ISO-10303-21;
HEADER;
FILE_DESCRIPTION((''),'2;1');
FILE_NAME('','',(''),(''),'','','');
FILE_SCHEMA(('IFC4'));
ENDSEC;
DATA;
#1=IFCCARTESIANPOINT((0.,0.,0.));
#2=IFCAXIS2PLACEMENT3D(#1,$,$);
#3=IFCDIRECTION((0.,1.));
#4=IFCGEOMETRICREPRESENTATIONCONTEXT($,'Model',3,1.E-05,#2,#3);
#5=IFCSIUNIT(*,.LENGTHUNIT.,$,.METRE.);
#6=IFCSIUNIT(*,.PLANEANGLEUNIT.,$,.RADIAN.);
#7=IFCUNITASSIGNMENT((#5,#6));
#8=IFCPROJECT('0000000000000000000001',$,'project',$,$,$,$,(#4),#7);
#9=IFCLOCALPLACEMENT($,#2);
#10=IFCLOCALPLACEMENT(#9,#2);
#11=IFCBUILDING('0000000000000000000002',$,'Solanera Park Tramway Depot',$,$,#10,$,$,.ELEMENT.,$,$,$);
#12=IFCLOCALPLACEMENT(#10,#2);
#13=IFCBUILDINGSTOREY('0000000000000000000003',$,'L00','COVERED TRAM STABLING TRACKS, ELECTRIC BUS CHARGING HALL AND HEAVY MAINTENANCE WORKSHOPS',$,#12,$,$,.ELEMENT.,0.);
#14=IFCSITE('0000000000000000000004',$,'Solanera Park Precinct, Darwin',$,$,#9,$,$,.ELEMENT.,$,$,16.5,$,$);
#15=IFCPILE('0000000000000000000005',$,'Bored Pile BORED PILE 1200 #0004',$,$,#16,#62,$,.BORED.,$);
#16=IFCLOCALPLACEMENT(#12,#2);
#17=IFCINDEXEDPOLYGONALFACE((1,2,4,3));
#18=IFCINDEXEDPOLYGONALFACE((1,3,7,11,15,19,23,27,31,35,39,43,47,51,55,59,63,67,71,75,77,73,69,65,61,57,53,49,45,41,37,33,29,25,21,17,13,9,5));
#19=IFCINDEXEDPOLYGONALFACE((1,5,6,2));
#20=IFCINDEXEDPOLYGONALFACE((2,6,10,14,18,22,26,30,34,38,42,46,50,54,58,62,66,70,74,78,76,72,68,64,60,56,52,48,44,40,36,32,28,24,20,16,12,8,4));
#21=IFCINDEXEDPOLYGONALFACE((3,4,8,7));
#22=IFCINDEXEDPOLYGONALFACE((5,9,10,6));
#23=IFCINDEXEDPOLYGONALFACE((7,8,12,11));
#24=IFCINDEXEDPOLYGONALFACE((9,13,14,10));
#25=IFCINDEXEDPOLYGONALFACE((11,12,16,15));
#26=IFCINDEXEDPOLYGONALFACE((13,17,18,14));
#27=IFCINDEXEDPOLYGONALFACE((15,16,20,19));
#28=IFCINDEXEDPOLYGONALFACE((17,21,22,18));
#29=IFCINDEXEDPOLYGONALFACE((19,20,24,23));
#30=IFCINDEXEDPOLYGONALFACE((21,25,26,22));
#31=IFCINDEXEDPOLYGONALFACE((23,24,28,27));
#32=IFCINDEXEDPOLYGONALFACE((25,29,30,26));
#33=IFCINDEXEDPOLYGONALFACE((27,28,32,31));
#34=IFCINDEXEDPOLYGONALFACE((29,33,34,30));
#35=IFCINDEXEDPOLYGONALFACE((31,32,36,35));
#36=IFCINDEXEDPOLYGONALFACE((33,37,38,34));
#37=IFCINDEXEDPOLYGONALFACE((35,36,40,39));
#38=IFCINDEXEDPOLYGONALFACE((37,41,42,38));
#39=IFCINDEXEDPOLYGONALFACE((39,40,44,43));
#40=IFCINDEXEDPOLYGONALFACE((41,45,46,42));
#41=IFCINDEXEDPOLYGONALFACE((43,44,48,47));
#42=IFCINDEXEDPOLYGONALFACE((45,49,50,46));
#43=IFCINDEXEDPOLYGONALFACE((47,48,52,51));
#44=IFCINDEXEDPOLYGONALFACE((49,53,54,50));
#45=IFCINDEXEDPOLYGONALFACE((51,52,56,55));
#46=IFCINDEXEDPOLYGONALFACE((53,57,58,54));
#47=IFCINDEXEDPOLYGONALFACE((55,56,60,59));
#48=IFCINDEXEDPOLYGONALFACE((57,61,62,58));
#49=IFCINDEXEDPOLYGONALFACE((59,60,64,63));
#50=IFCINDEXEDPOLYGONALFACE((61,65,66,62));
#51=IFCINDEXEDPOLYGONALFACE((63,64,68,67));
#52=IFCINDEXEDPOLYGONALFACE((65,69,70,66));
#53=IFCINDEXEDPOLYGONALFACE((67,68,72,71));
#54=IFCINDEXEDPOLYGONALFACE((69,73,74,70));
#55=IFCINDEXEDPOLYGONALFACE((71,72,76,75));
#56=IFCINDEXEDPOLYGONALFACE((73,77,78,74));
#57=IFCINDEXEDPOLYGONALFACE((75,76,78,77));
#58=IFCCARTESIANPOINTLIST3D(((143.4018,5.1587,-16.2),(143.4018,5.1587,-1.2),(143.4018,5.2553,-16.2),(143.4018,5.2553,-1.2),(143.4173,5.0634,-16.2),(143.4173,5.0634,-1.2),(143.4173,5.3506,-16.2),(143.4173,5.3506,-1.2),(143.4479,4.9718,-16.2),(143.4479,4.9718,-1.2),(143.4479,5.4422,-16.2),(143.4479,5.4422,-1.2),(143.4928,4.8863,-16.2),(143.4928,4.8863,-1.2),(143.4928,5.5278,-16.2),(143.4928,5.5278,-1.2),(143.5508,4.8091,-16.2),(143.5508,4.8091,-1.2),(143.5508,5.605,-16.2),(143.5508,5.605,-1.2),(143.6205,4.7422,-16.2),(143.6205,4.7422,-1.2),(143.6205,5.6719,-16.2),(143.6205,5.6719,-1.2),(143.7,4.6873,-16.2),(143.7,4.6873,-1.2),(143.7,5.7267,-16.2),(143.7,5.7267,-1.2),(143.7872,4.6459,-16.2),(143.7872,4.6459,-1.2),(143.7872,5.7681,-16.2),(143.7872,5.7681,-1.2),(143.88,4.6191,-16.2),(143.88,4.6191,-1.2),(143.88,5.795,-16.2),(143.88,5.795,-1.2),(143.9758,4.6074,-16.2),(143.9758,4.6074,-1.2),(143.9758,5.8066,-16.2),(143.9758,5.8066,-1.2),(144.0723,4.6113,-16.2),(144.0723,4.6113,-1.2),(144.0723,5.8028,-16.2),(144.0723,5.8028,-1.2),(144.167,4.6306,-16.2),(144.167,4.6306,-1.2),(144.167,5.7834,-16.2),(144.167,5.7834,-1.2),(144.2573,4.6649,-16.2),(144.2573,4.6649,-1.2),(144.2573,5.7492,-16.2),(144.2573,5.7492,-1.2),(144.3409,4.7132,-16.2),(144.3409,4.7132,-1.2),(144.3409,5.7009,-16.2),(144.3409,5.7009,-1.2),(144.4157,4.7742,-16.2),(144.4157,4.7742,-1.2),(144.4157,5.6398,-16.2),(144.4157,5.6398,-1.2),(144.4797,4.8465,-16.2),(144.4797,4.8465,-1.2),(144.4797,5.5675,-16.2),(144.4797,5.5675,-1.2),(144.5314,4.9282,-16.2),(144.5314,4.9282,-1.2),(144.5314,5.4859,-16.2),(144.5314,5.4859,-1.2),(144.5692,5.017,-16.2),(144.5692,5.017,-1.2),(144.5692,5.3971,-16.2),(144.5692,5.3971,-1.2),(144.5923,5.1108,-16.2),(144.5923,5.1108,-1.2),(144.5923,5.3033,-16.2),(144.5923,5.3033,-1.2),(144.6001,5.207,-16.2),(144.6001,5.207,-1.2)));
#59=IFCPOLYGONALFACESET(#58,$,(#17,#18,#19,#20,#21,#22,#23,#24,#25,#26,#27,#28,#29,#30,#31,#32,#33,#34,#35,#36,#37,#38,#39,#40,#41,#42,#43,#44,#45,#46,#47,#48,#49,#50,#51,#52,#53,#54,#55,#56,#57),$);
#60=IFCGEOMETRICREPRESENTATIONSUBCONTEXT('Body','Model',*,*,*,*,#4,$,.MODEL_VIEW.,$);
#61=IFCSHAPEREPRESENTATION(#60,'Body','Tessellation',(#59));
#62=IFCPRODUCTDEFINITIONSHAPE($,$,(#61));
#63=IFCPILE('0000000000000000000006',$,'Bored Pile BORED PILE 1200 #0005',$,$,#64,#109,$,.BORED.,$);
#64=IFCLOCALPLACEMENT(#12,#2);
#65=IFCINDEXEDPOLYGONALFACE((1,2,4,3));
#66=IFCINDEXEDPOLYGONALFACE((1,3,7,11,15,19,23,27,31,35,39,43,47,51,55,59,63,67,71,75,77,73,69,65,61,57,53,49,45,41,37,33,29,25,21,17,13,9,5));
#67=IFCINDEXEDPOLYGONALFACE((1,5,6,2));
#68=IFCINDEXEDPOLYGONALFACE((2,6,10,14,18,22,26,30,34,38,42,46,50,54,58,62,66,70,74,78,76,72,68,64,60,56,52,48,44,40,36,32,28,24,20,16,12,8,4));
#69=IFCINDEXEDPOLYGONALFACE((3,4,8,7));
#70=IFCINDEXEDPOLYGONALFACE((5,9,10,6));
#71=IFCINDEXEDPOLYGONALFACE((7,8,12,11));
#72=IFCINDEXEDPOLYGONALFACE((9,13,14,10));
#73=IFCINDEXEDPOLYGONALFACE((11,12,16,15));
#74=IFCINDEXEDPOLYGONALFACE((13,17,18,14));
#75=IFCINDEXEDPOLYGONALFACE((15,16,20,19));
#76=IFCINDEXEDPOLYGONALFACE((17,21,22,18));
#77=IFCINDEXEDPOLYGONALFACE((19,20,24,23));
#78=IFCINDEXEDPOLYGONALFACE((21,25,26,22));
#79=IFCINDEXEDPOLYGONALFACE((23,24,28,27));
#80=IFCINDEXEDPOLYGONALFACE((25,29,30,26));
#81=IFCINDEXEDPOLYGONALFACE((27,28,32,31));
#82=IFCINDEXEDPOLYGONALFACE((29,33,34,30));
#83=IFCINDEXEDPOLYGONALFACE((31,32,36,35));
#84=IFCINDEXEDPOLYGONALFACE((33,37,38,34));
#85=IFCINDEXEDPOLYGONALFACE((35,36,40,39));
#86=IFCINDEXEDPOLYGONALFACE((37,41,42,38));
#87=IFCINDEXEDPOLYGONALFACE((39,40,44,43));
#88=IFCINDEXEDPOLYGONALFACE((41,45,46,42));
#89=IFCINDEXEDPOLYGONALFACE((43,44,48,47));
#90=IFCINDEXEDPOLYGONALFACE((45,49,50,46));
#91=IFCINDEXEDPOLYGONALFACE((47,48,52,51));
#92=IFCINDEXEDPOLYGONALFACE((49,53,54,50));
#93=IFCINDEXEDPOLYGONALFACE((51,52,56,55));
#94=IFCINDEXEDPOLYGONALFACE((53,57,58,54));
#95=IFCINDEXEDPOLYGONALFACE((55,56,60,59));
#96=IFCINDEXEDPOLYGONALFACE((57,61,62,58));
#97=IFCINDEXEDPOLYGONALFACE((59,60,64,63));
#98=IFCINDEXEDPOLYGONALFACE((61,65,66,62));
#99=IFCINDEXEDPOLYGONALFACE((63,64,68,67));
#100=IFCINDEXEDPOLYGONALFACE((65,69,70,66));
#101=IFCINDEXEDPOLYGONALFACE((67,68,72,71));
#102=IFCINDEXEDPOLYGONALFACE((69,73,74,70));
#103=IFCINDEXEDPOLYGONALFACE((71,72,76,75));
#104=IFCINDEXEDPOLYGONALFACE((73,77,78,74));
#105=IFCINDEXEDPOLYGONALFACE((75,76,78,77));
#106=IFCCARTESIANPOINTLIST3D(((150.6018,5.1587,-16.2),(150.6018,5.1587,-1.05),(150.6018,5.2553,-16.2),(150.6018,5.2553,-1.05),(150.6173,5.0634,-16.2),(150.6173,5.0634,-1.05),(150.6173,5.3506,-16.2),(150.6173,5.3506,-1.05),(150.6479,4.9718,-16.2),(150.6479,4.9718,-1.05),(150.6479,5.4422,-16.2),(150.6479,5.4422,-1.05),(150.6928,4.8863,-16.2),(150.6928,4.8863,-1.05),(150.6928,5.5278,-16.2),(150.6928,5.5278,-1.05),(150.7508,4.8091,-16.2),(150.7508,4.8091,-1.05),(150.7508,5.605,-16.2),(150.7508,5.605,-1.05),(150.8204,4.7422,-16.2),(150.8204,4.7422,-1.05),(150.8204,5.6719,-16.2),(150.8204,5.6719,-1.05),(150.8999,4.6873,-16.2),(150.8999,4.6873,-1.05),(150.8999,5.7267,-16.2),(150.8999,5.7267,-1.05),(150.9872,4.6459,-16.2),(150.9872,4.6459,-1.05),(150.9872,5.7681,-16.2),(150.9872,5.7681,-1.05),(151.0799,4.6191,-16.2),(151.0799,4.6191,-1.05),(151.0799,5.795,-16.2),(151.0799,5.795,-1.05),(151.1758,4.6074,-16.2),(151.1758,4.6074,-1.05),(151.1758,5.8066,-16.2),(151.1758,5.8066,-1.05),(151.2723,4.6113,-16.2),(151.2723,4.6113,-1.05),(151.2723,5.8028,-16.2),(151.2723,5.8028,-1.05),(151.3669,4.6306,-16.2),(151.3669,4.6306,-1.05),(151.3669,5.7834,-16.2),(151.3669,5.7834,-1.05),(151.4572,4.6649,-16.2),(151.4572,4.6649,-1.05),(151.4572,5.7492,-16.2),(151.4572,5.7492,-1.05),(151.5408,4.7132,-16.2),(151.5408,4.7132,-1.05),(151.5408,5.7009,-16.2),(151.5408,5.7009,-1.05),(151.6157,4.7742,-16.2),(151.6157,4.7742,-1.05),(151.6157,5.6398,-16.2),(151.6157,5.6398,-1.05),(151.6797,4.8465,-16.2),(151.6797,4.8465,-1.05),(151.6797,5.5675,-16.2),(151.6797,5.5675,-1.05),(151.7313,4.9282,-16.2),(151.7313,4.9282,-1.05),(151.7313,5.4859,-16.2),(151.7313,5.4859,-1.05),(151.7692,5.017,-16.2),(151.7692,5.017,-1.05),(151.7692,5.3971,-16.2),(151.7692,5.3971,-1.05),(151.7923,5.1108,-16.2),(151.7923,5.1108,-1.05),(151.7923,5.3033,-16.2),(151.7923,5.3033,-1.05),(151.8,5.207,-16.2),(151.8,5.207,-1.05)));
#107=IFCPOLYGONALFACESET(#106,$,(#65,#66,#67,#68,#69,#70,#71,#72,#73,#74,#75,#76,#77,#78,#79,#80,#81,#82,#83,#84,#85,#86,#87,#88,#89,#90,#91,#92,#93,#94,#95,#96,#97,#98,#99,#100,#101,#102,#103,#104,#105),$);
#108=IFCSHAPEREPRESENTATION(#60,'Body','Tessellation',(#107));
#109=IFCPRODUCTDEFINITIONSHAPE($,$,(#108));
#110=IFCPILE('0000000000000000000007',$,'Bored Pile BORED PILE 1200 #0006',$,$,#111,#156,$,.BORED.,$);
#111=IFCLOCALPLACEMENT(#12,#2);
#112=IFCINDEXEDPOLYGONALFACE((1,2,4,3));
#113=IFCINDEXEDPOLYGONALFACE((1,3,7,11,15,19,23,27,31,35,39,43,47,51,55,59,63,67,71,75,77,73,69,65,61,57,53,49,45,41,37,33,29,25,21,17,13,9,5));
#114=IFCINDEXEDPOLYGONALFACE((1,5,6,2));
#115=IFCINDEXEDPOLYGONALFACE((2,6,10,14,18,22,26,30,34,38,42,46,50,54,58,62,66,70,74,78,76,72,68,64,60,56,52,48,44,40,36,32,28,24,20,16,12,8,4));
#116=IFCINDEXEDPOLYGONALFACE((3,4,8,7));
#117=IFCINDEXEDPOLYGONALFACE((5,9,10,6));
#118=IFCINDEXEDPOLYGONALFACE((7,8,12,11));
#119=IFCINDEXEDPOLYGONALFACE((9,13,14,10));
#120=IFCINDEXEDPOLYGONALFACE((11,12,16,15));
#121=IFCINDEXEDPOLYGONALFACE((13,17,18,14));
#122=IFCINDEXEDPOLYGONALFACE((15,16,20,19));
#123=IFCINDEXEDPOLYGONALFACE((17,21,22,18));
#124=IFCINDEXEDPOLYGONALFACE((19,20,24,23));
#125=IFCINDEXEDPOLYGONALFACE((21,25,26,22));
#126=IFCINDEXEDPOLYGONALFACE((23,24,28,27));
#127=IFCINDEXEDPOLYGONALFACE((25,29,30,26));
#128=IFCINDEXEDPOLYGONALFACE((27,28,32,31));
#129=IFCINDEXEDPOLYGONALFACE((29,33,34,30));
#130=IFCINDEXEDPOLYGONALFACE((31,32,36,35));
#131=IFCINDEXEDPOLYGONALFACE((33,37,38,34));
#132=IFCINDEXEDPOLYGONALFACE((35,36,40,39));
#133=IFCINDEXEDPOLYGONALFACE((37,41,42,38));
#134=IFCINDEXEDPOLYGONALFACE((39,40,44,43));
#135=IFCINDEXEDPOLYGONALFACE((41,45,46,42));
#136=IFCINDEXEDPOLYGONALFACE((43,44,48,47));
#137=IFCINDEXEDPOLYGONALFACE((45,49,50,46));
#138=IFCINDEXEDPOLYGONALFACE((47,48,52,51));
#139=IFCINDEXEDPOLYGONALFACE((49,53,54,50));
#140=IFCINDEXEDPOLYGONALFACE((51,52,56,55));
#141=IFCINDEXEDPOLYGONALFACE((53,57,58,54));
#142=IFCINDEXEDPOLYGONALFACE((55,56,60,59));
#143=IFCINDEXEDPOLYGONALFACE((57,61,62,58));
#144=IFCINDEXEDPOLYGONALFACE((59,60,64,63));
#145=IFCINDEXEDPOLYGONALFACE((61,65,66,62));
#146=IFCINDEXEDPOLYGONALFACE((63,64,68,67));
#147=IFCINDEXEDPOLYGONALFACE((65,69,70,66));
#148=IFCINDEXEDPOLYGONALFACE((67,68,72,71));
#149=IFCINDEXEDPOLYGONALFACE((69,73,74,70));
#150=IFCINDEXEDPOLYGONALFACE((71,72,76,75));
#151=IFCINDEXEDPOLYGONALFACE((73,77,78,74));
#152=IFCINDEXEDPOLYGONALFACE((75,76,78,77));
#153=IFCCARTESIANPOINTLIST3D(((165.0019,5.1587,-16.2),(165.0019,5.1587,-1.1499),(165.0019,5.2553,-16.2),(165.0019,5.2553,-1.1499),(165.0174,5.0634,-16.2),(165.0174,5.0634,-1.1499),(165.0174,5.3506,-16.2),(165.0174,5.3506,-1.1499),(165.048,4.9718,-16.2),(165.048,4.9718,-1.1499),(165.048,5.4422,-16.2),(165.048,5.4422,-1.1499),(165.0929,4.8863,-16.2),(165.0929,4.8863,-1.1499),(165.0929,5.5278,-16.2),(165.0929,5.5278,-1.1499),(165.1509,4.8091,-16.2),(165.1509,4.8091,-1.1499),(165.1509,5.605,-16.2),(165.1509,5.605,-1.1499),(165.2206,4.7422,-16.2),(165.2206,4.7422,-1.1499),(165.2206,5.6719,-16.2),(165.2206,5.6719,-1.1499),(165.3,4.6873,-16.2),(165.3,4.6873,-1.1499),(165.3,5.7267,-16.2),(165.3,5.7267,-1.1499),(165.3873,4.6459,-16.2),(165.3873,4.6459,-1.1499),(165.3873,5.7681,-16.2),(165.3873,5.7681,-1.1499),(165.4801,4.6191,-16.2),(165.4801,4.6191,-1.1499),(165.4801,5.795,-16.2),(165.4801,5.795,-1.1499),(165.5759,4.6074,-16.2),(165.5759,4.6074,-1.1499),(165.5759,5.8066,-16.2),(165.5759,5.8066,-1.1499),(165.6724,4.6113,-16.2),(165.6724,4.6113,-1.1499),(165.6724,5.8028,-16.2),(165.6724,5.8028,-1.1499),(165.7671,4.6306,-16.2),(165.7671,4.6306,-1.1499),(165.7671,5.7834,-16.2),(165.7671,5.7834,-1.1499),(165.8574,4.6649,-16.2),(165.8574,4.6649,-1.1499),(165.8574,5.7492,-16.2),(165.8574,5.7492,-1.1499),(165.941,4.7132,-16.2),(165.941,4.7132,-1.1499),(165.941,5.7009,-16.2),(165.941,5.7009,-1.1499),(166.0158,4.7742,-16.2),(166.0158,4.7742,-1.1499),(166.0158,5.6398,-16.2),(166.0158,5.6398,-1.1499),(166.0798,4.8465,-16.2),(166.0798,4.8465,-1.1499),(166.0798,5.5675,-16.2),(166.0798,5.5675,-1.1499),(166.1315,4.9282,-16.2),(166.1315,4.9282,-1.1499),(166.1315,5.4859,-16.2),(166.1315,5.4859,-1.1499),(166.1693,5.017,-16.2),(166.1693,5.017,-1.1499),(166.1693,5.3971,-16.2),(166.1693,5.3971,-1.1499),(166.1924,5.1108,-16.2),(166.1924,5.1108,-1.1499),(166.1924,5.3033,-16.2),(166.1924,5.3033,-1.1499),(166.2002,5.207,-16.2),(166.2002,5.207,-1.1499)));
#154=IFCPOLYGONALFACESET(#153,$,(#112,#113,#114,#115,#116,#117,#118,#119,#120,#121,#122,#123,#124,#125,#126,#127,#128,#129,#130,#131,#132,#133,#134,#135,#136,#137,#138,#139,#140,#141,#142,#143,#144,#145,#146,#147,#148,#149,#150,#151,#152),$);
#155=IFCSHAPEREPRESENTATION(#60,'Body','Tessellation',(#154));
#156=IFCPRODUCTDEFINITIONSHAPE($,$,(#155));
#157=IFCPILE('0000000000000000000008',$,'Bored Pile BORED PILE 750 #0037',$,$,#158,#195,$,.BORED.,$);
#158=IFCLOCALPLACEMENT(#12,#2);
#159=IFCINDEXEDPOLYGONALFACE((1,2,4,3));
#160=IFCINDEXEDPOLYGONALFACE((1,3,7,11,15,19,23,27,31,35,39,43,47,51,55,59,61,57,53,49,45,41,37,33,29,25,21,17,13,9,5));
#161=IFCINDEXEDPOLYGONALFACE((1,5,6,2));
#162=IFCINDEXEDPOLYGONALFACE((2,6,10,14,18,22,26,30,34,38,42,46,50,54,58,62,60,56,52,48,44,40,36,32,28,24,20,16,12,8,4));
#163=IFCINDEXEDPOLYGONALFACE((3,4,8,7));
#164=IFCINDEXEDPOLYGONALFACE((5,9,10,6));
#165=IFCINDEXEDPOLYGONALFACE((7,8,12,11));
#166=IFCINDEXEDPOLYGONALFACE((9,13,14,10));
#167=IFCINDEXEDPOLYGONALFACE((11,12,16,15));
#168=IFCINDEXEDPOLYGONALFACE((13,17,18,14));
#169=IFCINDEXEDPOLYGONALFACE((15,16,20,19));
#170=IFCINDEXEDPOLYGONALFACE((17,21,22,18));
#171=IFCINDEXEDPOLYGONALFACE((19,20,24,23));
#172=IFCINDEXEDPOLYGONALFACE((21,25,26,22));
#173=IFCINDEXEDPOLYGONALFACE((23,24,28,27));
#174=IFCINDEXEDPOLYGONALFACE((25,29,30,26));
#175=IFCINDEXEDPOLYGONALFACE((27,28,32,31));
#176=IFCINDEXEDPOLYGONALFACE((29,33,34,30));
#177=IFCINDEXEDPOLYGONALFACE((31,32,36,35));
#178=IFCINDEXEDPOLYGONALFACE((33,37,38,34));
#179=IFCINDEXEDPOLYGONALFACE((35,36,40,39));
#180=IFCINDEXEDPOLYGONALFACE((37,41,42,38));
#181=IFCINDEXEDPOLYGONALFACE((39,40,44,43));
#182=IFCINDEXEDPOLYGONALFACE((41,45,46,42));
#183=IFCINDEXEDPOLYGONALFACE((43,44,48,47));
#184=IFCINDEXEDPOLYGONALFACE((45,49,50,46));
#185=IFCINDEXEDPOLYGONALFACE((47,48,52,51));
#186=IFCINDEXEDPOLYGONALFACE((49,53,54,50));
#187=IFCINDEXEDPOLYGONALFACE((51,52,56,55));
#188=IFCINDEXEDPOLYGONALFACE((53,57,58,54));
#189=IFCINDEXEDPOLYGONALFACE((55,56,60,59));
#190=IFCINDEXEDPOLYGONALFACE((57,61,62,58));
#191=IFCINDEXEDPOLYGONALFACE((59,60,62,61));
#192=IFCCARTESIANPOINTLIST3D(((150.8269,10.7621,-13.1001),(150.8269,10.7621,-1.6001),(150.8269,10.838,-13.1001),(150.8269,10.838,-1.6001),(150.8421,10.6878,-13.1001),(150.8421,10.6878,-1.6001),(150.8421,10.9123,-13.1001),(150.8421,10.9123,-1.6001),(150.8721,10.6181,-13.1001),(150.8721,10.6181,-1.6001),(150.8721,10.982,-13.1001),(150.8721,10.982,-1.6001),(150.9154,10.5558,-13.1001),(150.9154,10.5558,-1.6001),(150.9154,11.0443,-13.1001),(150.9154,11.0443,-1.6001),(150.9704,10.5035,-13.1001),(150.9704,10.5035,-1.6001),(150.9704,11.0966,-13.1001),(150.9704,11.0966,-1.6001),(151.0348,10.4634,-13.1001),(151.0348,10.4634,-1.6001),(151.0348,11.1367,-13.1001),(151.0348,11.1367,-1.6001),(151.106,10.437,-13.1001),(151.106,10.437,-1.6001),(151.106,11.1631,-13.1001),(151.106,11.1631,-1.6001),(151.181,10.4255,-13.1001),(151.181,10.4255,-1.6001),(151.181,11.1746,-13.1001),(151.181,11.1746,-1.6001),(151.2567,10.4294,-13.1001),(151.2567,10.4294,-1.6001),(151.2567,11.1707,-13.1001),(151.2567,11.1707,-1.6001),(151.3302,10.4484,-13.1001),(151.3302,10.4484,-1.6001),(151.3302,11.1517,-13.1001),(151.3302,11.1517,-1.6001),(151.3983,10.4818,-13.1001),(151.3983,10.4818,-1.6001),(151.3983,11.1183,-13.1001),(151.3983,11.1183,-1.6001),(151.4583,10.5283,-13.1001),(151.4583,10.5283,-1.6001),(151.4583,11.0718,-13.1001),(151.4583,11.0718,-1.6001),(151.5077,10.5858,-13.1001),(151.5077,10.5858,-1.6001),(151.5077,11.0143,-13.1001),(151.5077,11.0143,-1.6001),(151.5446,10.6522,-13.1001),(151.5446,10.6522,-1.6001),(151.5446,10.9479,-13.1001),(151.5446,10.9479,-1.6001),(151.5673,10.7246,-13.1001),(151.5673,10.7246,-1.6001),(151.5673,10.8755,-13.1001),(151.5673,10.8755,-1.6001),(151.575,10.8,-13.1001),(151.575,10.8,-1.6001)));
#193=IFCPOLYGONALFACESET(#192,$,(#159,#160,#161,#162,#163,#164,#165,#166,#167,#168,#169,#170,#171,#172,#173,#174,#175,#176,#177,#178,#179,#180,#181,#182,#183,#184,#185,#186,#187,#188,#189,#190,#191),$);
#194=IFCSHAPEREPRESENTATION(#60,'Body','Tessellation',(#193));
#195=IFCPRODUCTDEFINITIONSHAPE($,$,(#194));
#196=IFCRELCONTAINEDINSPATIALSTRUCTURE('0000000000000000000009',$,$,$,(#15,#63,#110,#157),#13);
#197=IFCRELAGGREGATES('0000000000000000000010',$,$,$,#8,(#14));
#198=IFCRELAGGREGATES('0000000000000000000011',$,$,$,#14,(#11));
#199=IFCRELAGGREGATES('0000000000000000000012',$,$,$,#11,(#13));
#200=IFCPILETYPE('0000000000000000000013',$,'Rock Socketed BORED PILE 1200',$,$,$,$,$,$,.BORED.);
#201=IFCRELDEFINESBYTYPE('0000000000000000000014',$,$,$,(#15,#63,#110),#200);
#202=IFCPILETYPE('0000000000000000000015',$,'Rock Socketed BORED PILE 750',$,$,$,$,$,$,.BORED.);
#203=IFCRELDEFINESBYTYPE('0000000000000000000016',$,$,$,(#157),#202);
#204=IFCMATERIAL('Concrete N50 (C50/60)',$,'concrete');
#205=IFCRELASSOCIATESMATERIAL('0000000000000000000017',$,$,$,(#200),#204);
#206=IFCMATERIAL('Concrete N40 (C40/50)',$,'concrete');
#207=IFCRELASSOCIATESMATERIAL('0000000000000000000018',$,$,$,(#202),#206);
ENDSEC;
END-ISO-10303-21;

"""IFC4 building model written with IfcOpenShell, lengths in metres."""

from ifc_helpers import new_model, si_unit, direction, frame, origin, origin_2d, place, context, subcontext, project, spatial, circle, extrude, material, material_profile, profile_set, type_object, element, save


model = new_model("IFC4")

# Units and contexts
model_context = context("Model", 3, precision=1e-05, world=origin(), true_north=direction((0.0, 1.0)))
body_context = subcontext(model_context, "Body", "Model", "MODEL_VIEW")
ifc_project = project(units=[si_unit("LENGTHUNIT", "METRE"), si_unit("PLANEANGLEUNIT", "RADIAN")], contexts=[model_context])

# Site, building, storey
site_placement = place(None, origin())
site = spatial("IfcSite", under=ifc_project, at=site_placement, Name="Solanera Park Precinct, Darwin", CompositionType="ELEMENT", RefElevation=16.5)
building_placement = place(site_placement, origin())
building = spatial("IfcBuilding", under=site, at=building_placement, Name="Solanera Park Tramway Depot", CompositionType="ELEMENT")
storey_placement = place(building_placement, origin())
storey = spatial("IfcBuildingStorey", under=building, at=storey_placement, Name="L00", Description="COVERED TRAM STABLING TRACKS, ELECTRIC BUS CHARGING HALL AND HEAVY MAINTENANCE WORKSHOPS", CompositionType="ELEMENT", Elevation=0.0)

# Piles
ifc_material_1 = material(Name="Concrete N50 (C50/60)", Category="concrete")
ifc_material_profile_1 = material_profile(ifc_material_1, circle(Radius=0.6001, at=origin_2d()), Name="BORED PILE 1200")
ifc_profile_set_1 = profile_set([ifc_material_profile_1], Name="Concrete N50 (C50/60)")
pile_type_1 = type_object("IfcPileType", Name="Rock Socketed BORED PILE 1200", PredefinedType="BORED", material=ifc_profile_set_1)
pile_1_placement = place(storey_placement, frame((144.0, 5.207, -1.2), z_axis=(0.0, 0.0, -1.0), x_axis=(1.0, 0.0, 0.0)))
element("IfcPile", 1, at=pile_1_placement, inside=storey, type_object=pile_type_1, Name="Bored Pile BORED PILE 1200 #0004", PredefinedType="BORED", context=body_context, shape_type="SweptSolid", body=[
    extrude(circle(Radius=0.6001, at=origin_2d()), origin(), (0.0, 0.0, 1.0), 15.0),
])
pile_2_placement = place(storey_placement, frame((151.2, 5.207, -1.05), z_axis=(0.0, 0.0, -1.0), x_axis=(1.0, 0.0, 0.0)))
element("IfcPile", 2, at=pile_2_placement, inside=storey, type_object=pile_type_1, Name="Bored Pile BORED PILE 1200 #0005", PredefinedType="BORED", context=body_context, shape_type="SweptSolid", body=[
    extrude(circle(Radius=0.6001, at=origin_2d()), origin(), (0.0, 0.0, 1.0), 15.1499),
])
pile_3_placement = place(storey_placement, frame((165.6001, 5.207, -1.1499), z_axis=(0.0, 0.0, -1.0), x_axis=(1.0, 0.0, 0.0)))
element("IfcPile", 3, at=pile_3_placement, inside=storey, type_object=pile_type_1, Name="Bored Pile BORED PILE 1200 #0006", PredefinedType="BORED", context=body_context, shape_type="SweptSolid", body=[
    extrude(circle(Radius=0.6001, at=origin_2d()), origin(), (0.0, 0.0, 1.0), 15.05),
])
ifc_material_2 = material(Name="Concrete N40 (C40/50)", Category="concrete")
ifc_material_profile_2 = material_profile(ifc_material_2, circle(Radius=0.375, at=origin_2d()), Name="BORED PILE 750")
ifc_profile_set_2 = profile_set([ifc_material_profile_2], Name="Concrete N40 (C40/50)")
pile_type_2 = type_object("IfcPileType", Name="Rock Socketed BORED PILE 750", PredefinedType="BORED", material=ifc_profile_set_2)
pile_4_placement = place(storey_placement, frame((151.2, 10.8, -1.6001), z_axis=(0.0, 0.0, -1.0), x_axis=(1.0, 0.0, 0.0)))
element("IfcPile", 4, at=pile_4_placement, inside=storey, type_object=pile_type_2, Name="Bored Pile BORED PILE 750 #0037", PredefinedType="BORED", context=body_context, shape_type="SweptSolid", body=[
    extrude(circle(Radius=0.375, at=origin_2d()), origin(), (0.0, 0.0, 1.0), 11.5),
])

save(model, "model.ifc")
